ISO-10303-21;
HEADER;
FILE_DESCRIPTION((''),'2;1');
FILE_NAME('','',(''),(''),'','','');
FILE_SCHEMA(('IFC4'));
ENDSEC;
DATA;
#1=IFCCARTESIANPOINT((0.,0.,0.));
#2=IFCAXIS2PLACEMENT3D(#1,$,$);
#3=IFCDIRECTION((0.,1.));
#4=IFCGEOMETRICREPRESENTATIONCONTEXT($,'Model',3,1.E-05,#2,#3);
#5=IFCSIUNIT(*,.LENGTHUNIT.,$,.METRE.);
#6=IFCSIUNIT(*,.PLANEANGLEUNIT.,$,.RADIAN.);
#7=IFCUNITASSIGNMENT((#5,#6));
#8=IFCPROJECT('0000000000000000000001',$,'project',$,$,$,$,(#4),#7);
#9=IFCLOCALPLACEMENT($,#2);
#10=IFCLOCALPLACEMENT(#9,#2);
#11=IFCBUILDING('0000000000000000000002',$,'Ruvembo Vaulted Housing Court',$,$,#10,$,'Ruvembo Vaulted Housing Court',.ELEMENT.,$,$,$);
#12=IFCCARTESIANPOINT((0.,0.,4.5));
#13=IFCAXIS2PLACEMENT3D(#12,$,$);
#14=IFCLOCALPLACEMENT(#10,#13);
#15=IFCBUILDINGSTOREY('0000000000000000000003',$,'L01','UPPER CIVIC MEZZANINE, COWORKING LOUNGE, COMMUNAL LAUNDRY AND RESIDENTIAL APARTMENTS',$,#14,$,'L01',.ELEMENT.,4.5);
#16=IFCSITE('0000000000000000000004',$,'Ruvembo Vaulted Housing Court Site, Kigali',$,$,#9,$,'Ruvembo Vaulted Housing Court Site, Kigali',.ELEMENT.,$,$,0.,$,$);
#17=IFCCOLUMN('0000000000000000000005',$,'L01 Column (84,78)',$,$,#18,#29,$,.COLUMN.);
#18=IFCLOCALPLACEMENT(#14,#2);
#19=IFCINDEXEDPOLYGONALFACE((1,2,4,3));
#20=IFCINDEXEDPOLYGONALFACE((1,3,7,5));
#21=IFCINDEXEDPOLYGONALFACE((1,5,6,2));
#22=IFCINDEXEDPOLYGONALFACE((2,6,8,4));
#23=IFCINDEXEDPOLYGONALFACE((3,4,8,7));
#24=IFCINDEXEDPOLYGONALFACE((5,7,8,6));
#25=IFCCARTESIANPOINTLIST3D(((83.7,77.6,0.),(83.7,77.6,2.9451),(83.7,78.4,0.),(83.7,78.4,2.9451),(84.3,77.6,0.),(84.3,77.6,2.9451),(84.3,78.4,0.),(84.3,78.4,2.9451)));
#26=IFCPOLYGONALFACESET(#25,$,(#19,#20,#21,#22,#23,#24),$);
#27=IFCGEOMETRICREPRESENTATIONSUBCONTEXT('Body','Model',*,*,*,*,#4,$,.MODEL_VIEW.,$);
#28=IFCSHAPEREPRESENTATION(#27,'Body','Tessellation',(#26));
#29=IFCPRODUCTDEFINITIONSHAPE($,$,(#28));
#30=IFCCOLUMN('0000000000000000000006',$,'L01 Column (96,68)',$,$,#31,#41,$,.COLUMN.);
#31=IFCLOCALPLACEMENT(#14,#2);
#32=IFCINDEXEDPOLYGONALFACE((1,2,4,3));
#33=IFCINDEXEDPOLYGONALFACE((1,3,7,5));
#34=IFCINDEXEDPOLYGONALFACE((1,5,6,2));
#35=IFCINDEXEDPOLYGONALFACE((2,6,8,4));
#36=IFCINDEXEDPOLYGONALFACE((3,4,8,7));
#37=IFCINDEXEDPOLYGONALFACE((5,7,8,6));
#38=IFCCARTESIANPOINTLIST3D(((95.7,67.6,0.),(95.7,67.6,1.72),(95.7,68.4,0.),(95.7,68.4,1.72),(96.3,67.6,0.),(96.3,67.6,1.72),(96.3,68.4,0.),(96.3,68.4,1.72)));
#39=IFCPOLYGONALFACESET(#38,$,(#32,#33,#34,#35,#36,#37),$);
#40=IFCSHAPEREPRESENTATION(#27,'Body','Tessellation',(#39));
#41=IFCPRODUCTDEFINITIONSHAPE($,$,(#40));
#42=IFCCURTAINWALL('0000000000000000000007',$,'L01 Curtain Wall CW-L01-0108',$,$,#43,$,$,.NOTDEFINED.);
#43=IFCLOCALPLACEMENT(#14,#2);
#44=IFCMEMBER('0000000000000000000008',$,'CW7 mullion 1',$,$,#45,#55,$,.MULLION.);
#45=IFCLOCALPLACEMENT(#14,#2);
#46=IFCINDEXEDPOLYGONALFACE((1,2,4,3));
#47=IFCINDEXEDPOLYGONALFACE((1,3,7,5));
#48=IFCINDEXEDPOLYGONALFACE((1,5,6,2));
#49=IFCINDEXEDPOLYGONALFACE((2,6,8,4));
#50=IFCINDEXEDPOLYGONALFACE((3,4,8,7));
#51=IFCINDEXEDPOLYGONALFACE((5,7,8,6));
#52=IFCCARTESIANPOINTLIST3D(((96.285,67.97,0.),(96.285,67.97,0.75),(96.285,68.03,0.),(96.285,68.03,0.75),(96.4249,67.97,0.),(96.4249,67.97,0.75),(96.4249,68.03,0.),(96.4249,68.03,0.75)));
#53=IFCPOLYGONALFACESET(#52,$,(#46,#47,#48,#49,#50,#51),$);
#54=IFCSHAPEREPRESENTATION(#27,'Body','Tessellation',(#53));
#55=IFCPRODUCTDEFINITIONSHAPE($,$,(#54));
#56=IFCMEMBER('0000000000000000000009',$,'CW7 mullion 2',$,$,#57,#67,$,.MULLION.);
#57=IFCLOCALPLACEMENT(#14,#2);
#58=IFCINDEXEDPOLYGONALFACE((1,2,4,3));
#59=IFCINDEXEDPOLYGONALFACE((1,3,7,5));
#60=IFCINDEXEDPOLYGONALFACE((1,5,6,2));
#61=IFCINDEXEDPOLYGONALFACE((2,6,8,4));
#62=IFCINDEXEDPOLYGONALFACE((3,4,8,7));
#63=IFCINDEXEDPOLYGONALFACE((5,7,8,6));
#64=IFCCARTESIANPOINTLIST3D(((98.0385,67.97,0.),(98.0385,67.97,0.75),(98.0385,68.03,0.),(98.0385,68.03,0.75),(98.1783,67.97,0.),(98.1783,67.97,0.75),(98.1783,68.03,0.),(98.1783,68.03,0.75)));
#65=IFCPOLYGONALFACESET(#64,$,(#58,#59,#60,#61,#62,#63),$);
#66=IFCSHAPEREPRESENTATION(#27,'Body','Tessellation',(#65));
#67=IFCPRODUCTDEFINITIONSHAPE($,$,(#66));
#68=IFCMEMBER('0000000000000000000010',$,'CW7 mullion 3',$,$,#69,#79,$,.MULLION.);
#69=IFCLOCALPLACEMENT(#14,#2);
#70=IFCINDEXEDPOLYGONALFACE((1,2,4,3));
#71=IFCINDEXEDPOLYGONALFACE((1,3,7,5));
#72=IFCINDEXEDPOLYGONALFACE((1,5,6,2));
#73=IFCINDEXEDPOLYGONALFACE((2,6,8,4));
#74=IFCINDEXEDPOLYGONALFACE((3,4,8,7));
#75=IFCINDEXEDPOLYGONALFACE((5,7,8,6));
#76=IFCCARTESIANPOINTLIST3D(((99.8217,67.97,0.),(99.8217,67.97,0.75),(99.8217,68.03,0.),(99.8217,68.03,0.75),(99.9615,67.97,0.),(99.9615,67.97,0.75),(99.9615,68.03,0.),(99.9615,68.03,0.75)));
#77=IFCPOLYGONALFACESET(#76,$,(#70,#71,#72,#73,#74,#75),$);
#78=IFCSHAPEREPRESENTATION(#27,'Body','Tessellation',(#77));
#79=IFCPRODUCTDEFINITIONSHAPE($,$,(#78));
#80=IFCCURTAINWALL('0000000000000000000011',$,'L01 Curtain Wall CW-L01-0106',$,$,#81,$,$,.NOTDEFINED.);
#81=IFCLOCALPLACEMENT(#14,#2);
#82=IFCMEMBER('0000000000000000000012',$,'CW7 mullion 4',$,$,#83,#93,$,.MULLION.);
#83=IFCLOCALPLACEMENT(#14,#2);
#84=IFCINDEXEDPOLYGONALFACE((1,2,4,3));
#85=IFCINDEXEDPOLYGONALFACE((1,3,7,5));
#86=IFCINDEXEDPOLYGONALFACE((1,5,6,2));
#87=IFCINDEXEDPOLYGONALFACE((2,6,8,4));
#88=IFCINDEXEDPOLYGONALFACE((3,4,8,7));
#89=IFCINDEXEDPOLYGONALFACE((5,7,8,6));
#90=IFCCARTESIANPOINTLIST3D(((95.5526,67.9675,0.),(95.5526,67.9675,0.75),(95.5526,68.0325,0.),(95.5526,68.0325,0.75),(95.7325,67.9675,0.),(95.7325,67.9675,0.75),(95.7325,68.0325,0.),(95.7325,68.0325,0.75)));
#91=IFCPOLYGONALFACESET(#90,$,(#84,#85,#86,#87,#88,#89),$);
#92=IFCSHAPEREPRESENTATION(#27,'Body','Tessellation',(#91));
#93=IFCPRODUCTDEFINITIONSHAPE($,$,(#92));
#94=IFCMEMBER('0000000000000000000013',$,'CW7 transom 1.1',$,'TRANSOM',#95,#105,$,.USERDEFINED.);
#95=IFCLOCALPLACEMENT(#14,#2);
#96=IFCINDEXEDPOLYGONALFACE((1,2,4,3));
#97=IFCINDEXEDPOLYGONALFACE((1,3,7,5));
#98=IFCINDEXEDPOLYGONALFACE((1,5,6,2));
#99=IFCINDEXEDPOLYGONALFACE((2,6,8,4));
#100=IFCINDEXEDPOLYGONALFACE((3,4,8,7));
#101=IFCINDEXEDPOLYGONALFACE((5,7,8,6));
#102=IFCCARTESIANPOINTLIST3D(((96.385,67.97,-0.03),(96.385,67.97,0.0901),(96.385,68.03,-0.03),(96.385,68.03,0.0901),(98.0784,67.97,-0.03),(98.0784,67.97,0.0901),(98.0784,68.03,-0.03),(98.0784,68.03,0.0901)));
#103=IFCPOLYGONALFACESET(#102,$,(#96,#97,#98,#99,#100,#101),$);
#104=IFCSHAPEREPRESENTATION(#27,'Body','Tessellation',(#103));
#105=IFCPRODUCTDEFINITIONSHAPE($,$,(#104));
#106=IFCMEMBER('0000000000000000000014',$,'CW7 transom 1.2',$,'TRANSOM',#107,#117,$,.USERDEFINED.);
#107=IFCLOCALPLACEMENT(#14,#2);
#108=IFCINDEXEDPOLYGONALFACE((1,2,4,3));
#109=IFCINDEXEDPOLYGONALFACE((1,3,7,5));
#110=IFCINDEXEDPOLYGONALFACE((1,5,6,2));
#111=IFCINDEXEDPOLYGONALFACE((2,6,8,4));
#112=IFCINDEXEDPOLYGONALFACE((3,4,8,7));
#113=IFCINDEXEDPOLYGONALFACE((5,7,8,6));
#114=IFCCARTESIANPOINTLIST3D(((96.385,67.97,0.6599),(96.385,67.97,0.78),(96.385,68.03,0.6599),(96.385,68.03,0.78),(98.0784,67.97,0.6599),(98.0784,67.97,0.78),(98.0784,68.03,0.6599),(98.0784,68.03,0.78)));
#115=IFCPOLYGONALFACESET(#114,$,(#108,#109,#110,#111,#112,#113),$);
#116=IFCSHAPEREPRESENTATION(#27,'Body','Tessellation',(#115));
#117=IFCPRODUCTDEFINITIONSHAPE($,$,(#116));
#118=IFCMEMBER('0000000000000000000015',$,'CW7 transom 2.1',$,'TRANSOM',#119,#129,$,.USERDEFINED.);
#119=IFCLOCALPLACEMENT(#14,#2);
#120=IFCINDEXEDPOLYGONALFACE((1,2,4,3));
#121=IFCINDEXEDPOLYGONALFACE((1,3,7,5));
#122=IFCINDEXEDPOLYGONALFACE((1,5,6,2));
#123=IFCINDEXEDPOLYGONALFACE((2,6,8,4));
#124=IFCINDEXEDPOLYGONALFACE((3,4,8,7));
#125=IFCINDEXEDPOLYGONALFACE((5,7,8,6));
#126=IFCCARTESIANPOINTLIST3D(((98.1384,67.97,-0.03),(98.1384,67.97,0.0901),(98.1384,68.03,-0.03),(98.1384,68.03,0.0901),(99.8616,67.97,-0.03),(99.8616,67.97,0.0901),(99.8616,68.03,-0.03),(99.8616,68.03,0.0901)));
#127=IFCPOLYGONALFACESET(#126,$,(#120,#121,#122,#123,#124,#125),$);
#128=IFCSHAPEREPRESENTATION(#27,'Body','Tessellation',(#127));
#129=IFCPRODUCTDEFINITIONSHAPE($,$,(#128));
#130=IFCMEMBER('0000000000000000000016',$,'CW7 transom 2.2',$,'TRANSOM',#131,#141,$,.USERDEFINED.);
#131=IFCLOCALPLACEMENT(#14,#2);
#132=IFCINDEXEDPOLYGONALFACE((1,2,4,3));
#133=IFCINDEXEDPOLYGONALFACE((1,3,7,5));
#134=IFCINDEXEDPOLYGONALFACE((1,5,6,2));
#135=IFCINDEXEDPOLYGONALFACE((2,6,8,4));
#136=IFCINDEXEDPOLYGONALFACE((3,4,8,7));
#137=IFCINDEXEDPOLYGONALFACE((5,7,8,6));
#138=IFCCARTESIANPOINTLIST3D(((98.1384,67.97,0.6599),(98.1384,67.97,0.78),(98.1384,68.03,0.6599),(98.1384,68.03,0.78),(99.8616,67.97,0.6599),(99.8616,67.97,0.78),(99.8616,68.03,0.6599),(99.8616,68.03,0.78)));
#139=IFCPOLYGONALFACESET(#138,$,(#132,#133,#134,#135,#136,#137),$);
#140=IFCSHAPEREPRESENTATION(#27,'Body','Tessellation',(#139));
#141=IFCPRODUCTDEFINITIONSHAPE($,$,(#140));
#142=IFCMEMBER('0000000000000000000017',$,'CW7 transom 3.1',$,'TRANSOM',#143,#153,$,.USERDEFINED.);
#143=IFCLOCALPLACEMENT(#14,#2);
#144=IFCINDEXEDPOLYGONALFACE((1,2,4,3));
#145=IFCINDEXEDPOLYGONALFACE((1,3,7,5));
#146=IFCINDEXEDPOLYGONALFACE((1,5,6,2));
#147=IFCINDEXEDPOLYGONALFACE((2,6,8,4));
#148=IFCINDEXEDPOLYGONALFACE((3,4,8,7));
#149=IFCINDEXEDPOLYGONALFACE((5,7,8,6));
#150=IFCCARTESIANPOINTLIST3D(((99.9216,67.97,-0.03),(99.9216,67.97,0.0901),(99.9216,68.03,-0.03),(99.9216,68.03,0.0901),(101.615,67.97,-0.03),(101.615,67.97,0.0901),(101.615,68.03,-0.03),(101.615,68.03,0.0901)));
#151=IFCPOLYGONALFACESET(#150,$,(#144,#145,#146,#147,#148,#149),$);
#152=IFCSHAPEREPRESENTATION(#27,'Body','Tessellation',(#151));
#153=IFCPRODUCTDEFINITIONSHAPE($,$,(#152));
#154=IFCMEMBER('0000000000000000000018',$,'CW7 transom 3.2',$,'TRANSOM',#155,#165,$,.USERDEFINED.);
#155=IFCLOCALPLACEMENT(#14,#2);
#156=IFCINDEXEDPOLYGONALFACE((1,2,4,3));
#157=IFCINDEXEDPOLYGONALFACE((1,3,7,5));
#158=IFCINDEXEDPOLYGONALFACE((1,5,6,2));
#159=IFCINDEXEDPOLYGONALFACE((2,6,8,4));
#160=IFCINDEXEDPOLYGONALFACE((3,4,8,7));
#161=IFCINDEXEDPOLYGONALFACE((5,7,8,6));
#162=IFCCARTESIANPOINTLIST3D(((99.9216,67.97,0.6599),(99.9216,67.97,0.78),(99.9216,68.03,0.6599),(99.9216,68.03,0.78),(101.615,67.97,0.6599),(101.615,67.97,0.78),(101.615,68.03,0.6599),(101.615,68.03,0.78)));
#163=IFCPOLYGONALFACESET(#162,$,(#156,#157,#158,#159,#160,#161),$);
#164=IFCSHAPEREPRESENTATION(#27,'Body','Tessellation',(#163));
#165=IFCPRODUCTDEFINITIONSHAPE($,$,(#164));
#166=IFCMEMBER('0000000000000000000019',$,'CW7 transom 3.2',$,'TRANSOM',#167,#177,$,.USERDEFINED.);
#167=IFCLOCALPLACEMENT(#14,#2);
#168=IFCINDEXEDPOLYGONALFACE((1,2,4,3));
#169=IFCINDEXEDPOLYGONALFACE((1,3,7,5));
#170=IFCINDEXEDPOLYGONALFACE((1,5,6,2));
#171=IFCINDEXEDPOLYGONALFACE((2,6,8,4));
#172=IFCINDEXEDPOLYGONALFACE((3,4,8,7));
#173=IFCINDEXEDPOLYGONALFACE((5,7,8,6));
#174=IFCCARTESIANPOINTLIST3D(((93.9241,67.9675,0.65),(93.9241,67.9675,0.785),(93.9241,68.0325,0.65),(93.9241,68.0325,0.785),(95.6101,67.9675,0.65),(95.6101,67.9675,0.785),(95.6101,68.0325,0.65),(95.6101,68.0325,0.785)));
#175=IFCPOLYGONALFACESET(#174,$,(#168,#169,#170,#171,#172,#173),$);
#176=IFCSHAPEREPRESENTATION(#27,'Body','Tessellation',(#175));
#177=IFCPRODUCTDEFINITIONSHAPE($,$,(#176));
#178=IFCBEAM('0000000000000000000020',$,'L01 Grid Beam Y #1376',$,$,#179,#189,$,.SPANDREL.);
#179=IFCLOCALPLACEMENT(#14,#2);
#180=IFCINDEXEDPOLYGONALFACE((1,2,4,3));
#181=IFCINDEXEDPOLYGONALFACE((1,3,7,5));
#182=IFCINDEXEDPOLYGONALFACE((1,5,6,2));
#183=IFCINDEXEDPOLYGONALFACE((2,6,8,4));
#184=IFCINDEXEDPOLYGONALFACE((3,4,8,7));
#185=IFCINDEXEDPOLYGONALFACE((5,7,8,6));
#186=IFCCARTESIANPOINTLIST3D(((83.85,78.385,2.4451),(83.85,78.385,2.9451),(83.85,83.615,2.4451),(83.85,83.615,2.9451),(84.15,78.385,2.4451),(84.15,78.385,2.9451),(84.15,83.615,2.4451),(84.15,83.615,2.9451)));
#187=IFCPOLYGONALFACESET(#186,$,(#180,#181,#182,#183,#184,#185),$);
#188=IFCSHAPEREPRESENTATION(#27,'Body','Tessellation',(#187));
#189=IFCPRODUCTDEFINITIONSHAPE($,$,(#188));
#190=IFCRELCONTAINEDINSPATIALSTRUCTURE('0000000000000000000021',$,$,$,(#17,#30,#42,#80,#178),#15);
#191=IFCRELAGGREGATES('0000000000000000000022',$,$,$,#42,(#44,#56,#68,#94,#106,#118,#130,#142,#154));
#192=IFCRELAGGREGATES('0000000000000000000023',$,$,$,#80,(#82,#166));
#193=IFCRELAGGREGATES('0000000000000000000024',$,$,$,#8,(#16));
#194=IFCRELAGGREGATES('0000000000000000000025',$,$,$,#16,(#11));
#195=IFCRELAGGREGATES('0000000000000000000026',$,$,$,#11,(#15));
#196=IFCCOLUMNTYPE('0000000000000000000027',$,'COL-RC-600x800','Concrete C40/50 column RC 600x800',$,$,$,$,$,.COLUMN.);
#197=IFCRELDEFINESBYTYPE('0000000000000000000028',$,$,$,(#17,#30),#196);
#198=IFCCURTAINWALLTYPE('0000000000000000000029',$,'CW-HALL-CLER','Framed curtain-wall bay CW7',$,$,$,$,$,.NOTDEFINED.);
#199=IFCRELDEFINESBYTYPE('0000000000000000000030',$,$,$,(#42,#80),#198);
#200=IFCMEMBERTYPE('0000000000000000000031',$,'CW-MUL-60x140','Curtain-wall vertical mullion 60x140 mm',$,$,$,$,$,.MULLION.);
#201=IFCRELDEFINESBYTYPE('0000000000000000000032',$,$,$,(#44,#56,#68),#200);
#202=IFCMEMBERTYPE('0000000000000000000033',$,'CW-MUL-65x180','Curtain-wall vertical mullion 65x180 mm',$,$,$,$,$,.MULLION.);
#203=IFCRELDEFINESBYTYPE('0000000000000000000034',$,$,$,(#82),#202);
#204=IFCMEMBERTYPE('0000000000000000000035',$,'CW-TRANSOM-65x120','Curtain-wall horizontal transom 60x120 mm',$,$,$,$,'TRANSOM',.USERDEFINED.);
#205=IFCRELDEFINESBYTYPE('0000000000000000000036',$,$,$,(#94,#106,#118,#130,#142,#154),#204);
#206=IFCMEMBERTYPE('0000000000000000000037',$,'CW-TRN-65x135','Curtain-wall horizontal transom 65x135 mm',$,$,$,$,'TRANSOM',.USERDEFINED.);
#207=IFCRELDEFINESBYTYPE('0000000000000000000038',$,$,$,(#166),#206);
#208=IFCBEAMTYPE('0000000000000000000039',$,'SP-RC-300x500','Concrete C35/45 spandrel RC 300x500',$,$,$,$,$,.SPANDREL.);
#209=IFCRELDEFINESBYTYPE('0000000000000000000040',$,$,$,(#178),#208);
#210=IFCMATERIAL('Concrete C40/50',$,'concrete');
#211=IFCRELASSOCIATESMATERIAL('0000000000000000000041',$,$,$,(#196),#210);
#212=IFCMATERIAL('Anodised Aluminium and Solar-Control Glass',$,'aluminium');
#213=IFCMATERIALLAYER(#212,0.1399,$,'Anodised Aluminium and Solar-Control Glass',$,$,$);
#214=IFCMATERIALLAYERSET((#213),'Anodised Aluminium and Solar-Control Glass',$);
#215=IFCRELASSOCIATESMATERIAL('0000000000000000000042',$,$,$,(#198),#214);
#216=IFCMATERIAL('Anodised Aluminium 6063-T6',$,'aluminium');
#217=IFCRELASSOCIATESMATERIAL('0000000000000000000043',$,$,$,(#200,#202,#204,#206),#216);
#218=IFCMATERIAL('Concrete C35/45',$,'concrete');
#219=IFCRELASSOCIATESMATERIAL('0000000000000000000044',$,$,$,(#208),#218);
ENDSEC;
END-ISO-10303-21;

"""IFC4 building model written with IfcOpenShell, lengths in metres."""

from ifc_helpers import new_model, si_unit, direction, frame, origin, origin_2d, place, context, subcontext, project, spatial, rectangle, extrude, material, layer, layer_set, material_profile, profile_set, type_object, element, aggregate, save


model = new_model("IFC4")

# Units and contexts
model_context = context("Model", 3, precision=1e-05, world=origin(), true_north=direction((0.0, 1.0)))
body_context = subcontext(model_context, "Body", "Model", "MODEL_VIEW")
ifc_project = project(units=[si_unit("LENGTHUNIT", "METRE"), si_unit("PLANEANGLEUNIT", "RADIAN")], contexts=[model_context])

# Site, building, storey
site_placement = place(None, origin())
site = spatial("IfcSite", under=ifc_project, at=site_placement, Name="Ruvembo Vaulted Housing Court Site, Kigali", LongName="Ruvembo Vaulted Housing Court Site, Kigali", CompositionType="ELEMENT", RefElevation=0.0)
building_placement = place(site_placement, origin())
building = spatial("IfcBuilding", under=site, at=building_placement, Name="Ruvembo Vaulted Housing Court", LongName="Ruvembo Vaulted Housing Court", CompositionType="ELEMENT")
storey_placement = place(building_placement, frame((0.0, 0.0, 4.5)))
storey = spatial("IfcBuildingStorey", under=building, at=storey_placement, Name="L01", Description="UPPER CIVIC MEZZANINE, COWORKING LOUNGE, COMMUNAL LAUNDRY AND RESIDENTIAL APARTMENTS", LongName="L01", CompositionType="ELEMENT", Elevation=4.5)

# Columns
ifc_material_1 = material(Name="Concrete C40/50", Category="concrete")
ifc_material_profile_1 = material_profile(ifc_material_1, rectangle(XDim=0.6001, YDim=0.8, at=origin_2d()), Name="RC 600x800")
ifc_profile_set_1 = profile_set([ifc_material_profile_1], Name="Concrete C40/50")
column_type = type_object("IfcColumnType", Name="COL-RC-600x800", Description="Concrete C40/50 column RC 600x800", PredefinedType="COLUMN", material=ifc_profile_set_1)
column_1_placement = place(storey_placement, frame((84.0, 78.0, 0.0), z_axis=(0.0, 0.0, 1.0), x_axis=(1.0, 0.0, 0.0)))
element("IfcColumn", 1, at=column_1_placement, inside=storey, type_object=column_type, Name="L01 Column (84,78)", PredefinedType="COLUMN", context=body_context, shape_type="SweptSolid", body=[
    extrude(rectangle(XDim=0.6001, YDim=0.8, at=origin_2d()), origin(), (0.0, 0.0, 1.0), 2.9451),
])
column_2_placement = place(storey_placement, frame((96.0, 68.0, 0.0), z_axis=(0.0, 0.0, 1.0), x_axis=(1.0, 0.0, 0.0)))
element("IfcColumn", 2, at=column_2_placement, inside=storey, type_object=column_type, Name="L01 Column (96,68)", PredefinedType="COLUMN", context=body_context, shape_type="SweptSolid", body=[
    extrude(rectangle(XDim=0.6001, YDim=0.8, at=origin_2d()), origin(), (0.0, 0.0, 1.0), 1.72),
])

# Curtain wall, members
ifc_material_2 = material(Name="Anodised Aluminium and Solar-Control Glass", Category="aluminium")
ifc_layer_1 = layer(ifc_material_2, 0.1399, Name="Anodised Aluminium and Solar-Control Glass")
ifc_layer_set_1 = layer_set([ifc_layer_1], Name="Anodised Aluminium and Solar-Control Glass")
curtain_wall_type = type_object("IfcCurtainWallType", Name="CW-HALL-CLER", Description="Framed curtain-wall bay CW7", PredefinedType="NOTDEFINED", material=ifc_layer_set_1)
curtain_wall_1_placement = place(storey_placement, origin())
curtain_wall_1 = element("IfcCurtainWall", 3, at=curtain_wall_1_placement, inside=storey, type_object=curtain_wall_type, Name="L01 Curtain Wall CW-L01-0108", PredefinedType="NOTDEFINED")
ifc_material_3 = material(Name="Anodised Aluminium 6063-T6", Category="aluminium")
ifc_material_profile_2 = material_profile(ifc_material_3, rectangle(XDim=0.0601, YDim=0.1399, at=origin_2d()), Name="ALU 60x140")
ifc_profile_set_2 = profile_set([ifc_material_profile_2], Name="Anodised Aluminium 6063-T6")
member_type_1 = type_object("IfcMemberType", Name="CW-MUL-60x140", Description="Curtain-wall vertical mullion 60x140 mm", PredefinedType="MULLION", material=ifc_profile_set_2)
member_1_placement = place(storey_placement, frame((96.355, 68.0, 0.0), z_axis=(0.0, 0.0, 1.0), x_axis=(0.0, 1.0, 0.0)))
member_1 = element("IfcMember", 4, at=member_1_placement, type_object=member_type_1, Name="CW7 mullion 1", PredefinedType="MULLION", context=body_context, shape_type="SweptSolid", body=[
    extrude(rectangle(XDim=0.0601, YDim=0.1399, at=origin_2d()), origin(), (0.0, 0.0, 1.0), 0.75),
])
member_2_placement = place(storey_placement, frame((98.1084, 68.0, 0.0), z_axis=(0.0, 0.0, 1.0), x_axis=(0.0, 1.0, 0.0)))
member_2 = element("IfcMember", 5, at=member_2_placement, type_object=member_type_1, Name="CW7 mullion 2", PredefinedType="MULLION", context=body_context, shape_type="SweptSolid", body=[
    extrude(rectangle(XDim=0.0601, YDim=0.1399, at=origin_2d()), origin(), (0.0, 0.0, 1.0), 0.75),
])
member_3_placement = place(storey_placement, frame((99.8916, 68.0, 0.0), z_axis=(0.0, 0.0, 1.0), x_axis=(0.0, 1.0, 0.0)))
member_3 = element("IfcMember", 6, at=member_3_placement, type_object=member_type_1, Name="CW7 mullion 3", PredefinedType="MULLION", context=body_context, shape_type="SweptSolid", body=[
    extrude(rectangle(XDim=0.0601, YDim=0.1399, at=origin_2d()), origin(), (0.0, 0.0, 1.0), 0.75),
])

# Curtain wall, member
curtain_wall_2_placement = place(storey_placement, origin())
curtain_wall_2 = element("IfcCurtainWall", 7, at=curtain_wall_2_placement, inside=storey, type_object=curtain_wall_type, Name="L01 Curtain Wall CW-L01-0106", PredefinedType="NOTDEFINED")
ifc_material_profile_3 = material_profile(ifc_material_3, rectangle(XDim=0.0649, YDim=0.1799, at=origin_2d()), Name="ALU 65x180")
ifc_profile_set_3 = profile_set([ifc_material_profile_3], Name="Anodised Aluminium 6063-T6")
member_type_2 = type_object("IfcMemberType", Name="CW-MUL-65x180", Description="Curtain-wall vertical mullion 65x180 mm", PredefinedType="MULLION", material=ifc_profile_set_3)
member_4_placement = place(storey_placement, frame((95.6426, 68.0, 0.0), z_axis=(0.0, 0.0, 1.0), x_axis=(0.0, 1.0, 0.0)))
member_4 = element("IfcMember", 8, at=member_4_placement, type_object=member_type_2, Name="CW7 mullion 4", PredefinedType="MULLION", context=body_context, shape_type="SweptSolid", body=[
    extrude(rectangle(XDim=0.0649, YDim=0.1799, at=origin_2d()), origin(), (0.0, 0.0, 1.0), 0.75),
])

# Members
ifc_material_profile_4 = material_profile(ifc_material_3, rectangle(XDim=0.0601, YDim=0.1201, at=origin_2d()), Name="ALU 60x120")
ifc_profile_set_4 = profile_set([ifc_material_profile_4], Name="Anodised Aluminium 6063-T6")
member_type_3 = type_object("IfcMemberType", Name="CW-TRANSOM-65x120", Description="Curtain-wall horizontal transom 60x120 mm", ElementType="TRANSOM", PredefinedType="USERDEFINED", material=ifc_profile_set_4)
member_5_placement = place(storey_placement, frame((96.385, 68.0, 0.03), z_axis=(1.0, 0.0, 0.0), x_axis=(0.0, 1.0, 0.0)))
member_5 = element("IfcMember", 9, at=member_5_placement, type_object=member_type_3, Name="CW7 transom 1.1", ObjectType="TRANSOM", PredefinedType="USERDEFINED", context=body_context, shape_type="SweptSolid", body=[
    extrude(rectangle(XDim=0.0601, YDim=0.1201, at=origin_2d()), origin(), (0.0, 0.0, 1.0), 1.6934),
])
member_6_placement = place(storey_placement, frame((96.385, 68.0, 0.72), z_axis=(1.0, 0.0, 0.0), x_axis=(0.0, 1.0, 0.0)))
member_6 = element("IfcMember", 10, at=member_6_placement, type_object=member_type_3, Name="CW7 transom 1.2", ObjectType="TRANSOM", PredefinedType="USERDEFINED", context=body_context, shape_type="SweptSolid", body=[
    extrude(rectangle(XDim=0.0601, YDim=0.1201, at=origin_2d()), origin(), (0.0, 0.0, 1.0), 1.6934),
])
member_7_placement = place(storey_placement, frame((98.1384, 68.0, 0.03), z_axis=(1.0, 0.0, 0.0), x_axis=(0.0, 1.0, 0.0)))
member_7 = element("IfcMember", 11, at=member_7_placement, type_object=member_type_3, Name="CW7 transom 2.1", ObjectType="TRANSOM", PredefinedType="USERDEFINED", context=body_context, shape_type="SweptSolid", body=[
    extrude(rectangle(XDim=0.0601, YDim=0.1201, at=origin_2d()), origin(), (0.0, 0.0, 1.0), 1.7231),
])
member_8_placement = place(storey_placement, frame((98.1384, 68.0, 0.72), z_axis=(1.0, 0.0, 0.0), x_axis=(0.0, 1.0, 0.0)))
member_8 = element("IfcMember", 12, at=member_8_placement, type_object=member_type_3, Name="CW7 transom 2.2", ObjectType="TRANSOM", PredefinedType="USERDEFINED", context=body_context, shape_type="SweptSolid", body=[
    extrude(rectangle(XDim=0.0601, YDim=0.1201, at=origin_2d()), origin(), (0.0, 0.0, 1.0), 1.7231),
])
member_9_placement = place(storey_placement, frame((99.9216, 68.0, 0.03), z_axis=(1.0, 0.0, 0.0), x_axis=(0.0, 1.0, 0.0)))
member_9 = element("IfcMember", 13, at=member_9_placement, type_object=member_type_3, Name="CW7 transom 3.1", ObjectType="TRANSOM", PredefinedType="USERDEFINED", context=body_context, shape_type="SweptSolid", body=[
    extrude(rectangle(XDim=0.0601, YDim=0.1201, at=origin_2d()), origin(), (0.0, 0.0, 1.0), 1.6934),
])
member_10_placement = place(storey_placement, frame((99.9216, 68.0, 0.72), z_axis=(1.0, 0.0, 0.0), x_axis=(0.0, 1.0, 0.0)))
member_10 = element("IfcMember", 14, at=member_10_placement, type_object=member_type_3, Name="CW7 transom 3.2", ObjectType="TRANSOM", PredefinedType="USERDEFINED", context=body_context, shape_type="SweptSolid", body=[
    extrude(rectangle(XDim=0.0601, YDim=0.1201, at=origin_2d()), origin(), (0.0, 0.0, 1.0), 1.6934),
])
ifc_material_profile_5 = material_profile(ifc_material_3, rectangle(XDim=0.0649, YDim=0.135, at=origin_2d()), Name="ALU 65x135")
ifc_profile_set_5 = profile_set([ifc_material_profile_5], Name="Anodised Aluminium 6063-T6")
member_type_4 = type_object("IfcMemberType", Name="CW-TRN-65x135", Description="Curtain-wall horizontal transom 65x135 mm", ElementType="TRANSOM", PredefinedType="USERDEFINED", material=ifc_profile_set_5)
member_11_placement = place(storey_placement, frame((93.9241, 68.0, 0.7175), z_axis=(1.0, 0.0, 0.0), x_axis=(0.0, 1.0, 0.0)))
member_11 = element("IfcMember", 15, at=member_11_placement, type_object=member_type_4, Name="CW7 transom 3.2", ObjectType="TRANSOM", PredefinedType="USERDEFINED", context=body_context, shape_type="SweptSolid", body=[
    extrude(rectangle(XDim=0.0649, YDim=0.135, at=origin_2d()), origin(), (0.0, 0.0, 1.0), 1.686),
])

# Beam
ifc_material_4 = material(Name="Concrete C35/45", Category="concrete")
ifc_material_profile_6 = material_profile(ifc_material_4, rectangle(XDim=0.3, YDim=0.5, at=origin_2d()), Name="RC 300x500")
ifc_profile_set_6 = profile_set([ifc_material_profile_6], Name="Concrete C35/45")
beam_type_1 = type_object("IfcBeamType", Name="SP-RC-300x500", Description="Concrete C35/45 spandrel RC 300x500", PredefinedType="SPANDREL", material=ifc_profile_set_6)
beam_1_placement = place(storey_placement, frame((84.0, 78.385, 2.6951), z_axis=(0.0, 1.0, 0.0), x_axis=(-1.0, 0.0, 0.0)))
element("IfcBeam", 16, at=beam_1_placement, inside=storey, type_object=beam_type_1, Name="L01 Grid Beam Y #1376", PredefinedType="SPANDREL", context=body_context, shape_type="SweptSolid", body=[
    extrude(rectangle(XDim=0.3, YDim=0.5, at=origin_2d()), origin(), (0.0, 0.0, 1.0), 5.23),
])

aggregate(curtain_wall_1, [member_1, member_2, member_3, member_5, member_6, member_7, member_8, member_9, member_10])
aggregate(curtain_wall_2, [member_4, member_11])

save(model, "model.ifc")
